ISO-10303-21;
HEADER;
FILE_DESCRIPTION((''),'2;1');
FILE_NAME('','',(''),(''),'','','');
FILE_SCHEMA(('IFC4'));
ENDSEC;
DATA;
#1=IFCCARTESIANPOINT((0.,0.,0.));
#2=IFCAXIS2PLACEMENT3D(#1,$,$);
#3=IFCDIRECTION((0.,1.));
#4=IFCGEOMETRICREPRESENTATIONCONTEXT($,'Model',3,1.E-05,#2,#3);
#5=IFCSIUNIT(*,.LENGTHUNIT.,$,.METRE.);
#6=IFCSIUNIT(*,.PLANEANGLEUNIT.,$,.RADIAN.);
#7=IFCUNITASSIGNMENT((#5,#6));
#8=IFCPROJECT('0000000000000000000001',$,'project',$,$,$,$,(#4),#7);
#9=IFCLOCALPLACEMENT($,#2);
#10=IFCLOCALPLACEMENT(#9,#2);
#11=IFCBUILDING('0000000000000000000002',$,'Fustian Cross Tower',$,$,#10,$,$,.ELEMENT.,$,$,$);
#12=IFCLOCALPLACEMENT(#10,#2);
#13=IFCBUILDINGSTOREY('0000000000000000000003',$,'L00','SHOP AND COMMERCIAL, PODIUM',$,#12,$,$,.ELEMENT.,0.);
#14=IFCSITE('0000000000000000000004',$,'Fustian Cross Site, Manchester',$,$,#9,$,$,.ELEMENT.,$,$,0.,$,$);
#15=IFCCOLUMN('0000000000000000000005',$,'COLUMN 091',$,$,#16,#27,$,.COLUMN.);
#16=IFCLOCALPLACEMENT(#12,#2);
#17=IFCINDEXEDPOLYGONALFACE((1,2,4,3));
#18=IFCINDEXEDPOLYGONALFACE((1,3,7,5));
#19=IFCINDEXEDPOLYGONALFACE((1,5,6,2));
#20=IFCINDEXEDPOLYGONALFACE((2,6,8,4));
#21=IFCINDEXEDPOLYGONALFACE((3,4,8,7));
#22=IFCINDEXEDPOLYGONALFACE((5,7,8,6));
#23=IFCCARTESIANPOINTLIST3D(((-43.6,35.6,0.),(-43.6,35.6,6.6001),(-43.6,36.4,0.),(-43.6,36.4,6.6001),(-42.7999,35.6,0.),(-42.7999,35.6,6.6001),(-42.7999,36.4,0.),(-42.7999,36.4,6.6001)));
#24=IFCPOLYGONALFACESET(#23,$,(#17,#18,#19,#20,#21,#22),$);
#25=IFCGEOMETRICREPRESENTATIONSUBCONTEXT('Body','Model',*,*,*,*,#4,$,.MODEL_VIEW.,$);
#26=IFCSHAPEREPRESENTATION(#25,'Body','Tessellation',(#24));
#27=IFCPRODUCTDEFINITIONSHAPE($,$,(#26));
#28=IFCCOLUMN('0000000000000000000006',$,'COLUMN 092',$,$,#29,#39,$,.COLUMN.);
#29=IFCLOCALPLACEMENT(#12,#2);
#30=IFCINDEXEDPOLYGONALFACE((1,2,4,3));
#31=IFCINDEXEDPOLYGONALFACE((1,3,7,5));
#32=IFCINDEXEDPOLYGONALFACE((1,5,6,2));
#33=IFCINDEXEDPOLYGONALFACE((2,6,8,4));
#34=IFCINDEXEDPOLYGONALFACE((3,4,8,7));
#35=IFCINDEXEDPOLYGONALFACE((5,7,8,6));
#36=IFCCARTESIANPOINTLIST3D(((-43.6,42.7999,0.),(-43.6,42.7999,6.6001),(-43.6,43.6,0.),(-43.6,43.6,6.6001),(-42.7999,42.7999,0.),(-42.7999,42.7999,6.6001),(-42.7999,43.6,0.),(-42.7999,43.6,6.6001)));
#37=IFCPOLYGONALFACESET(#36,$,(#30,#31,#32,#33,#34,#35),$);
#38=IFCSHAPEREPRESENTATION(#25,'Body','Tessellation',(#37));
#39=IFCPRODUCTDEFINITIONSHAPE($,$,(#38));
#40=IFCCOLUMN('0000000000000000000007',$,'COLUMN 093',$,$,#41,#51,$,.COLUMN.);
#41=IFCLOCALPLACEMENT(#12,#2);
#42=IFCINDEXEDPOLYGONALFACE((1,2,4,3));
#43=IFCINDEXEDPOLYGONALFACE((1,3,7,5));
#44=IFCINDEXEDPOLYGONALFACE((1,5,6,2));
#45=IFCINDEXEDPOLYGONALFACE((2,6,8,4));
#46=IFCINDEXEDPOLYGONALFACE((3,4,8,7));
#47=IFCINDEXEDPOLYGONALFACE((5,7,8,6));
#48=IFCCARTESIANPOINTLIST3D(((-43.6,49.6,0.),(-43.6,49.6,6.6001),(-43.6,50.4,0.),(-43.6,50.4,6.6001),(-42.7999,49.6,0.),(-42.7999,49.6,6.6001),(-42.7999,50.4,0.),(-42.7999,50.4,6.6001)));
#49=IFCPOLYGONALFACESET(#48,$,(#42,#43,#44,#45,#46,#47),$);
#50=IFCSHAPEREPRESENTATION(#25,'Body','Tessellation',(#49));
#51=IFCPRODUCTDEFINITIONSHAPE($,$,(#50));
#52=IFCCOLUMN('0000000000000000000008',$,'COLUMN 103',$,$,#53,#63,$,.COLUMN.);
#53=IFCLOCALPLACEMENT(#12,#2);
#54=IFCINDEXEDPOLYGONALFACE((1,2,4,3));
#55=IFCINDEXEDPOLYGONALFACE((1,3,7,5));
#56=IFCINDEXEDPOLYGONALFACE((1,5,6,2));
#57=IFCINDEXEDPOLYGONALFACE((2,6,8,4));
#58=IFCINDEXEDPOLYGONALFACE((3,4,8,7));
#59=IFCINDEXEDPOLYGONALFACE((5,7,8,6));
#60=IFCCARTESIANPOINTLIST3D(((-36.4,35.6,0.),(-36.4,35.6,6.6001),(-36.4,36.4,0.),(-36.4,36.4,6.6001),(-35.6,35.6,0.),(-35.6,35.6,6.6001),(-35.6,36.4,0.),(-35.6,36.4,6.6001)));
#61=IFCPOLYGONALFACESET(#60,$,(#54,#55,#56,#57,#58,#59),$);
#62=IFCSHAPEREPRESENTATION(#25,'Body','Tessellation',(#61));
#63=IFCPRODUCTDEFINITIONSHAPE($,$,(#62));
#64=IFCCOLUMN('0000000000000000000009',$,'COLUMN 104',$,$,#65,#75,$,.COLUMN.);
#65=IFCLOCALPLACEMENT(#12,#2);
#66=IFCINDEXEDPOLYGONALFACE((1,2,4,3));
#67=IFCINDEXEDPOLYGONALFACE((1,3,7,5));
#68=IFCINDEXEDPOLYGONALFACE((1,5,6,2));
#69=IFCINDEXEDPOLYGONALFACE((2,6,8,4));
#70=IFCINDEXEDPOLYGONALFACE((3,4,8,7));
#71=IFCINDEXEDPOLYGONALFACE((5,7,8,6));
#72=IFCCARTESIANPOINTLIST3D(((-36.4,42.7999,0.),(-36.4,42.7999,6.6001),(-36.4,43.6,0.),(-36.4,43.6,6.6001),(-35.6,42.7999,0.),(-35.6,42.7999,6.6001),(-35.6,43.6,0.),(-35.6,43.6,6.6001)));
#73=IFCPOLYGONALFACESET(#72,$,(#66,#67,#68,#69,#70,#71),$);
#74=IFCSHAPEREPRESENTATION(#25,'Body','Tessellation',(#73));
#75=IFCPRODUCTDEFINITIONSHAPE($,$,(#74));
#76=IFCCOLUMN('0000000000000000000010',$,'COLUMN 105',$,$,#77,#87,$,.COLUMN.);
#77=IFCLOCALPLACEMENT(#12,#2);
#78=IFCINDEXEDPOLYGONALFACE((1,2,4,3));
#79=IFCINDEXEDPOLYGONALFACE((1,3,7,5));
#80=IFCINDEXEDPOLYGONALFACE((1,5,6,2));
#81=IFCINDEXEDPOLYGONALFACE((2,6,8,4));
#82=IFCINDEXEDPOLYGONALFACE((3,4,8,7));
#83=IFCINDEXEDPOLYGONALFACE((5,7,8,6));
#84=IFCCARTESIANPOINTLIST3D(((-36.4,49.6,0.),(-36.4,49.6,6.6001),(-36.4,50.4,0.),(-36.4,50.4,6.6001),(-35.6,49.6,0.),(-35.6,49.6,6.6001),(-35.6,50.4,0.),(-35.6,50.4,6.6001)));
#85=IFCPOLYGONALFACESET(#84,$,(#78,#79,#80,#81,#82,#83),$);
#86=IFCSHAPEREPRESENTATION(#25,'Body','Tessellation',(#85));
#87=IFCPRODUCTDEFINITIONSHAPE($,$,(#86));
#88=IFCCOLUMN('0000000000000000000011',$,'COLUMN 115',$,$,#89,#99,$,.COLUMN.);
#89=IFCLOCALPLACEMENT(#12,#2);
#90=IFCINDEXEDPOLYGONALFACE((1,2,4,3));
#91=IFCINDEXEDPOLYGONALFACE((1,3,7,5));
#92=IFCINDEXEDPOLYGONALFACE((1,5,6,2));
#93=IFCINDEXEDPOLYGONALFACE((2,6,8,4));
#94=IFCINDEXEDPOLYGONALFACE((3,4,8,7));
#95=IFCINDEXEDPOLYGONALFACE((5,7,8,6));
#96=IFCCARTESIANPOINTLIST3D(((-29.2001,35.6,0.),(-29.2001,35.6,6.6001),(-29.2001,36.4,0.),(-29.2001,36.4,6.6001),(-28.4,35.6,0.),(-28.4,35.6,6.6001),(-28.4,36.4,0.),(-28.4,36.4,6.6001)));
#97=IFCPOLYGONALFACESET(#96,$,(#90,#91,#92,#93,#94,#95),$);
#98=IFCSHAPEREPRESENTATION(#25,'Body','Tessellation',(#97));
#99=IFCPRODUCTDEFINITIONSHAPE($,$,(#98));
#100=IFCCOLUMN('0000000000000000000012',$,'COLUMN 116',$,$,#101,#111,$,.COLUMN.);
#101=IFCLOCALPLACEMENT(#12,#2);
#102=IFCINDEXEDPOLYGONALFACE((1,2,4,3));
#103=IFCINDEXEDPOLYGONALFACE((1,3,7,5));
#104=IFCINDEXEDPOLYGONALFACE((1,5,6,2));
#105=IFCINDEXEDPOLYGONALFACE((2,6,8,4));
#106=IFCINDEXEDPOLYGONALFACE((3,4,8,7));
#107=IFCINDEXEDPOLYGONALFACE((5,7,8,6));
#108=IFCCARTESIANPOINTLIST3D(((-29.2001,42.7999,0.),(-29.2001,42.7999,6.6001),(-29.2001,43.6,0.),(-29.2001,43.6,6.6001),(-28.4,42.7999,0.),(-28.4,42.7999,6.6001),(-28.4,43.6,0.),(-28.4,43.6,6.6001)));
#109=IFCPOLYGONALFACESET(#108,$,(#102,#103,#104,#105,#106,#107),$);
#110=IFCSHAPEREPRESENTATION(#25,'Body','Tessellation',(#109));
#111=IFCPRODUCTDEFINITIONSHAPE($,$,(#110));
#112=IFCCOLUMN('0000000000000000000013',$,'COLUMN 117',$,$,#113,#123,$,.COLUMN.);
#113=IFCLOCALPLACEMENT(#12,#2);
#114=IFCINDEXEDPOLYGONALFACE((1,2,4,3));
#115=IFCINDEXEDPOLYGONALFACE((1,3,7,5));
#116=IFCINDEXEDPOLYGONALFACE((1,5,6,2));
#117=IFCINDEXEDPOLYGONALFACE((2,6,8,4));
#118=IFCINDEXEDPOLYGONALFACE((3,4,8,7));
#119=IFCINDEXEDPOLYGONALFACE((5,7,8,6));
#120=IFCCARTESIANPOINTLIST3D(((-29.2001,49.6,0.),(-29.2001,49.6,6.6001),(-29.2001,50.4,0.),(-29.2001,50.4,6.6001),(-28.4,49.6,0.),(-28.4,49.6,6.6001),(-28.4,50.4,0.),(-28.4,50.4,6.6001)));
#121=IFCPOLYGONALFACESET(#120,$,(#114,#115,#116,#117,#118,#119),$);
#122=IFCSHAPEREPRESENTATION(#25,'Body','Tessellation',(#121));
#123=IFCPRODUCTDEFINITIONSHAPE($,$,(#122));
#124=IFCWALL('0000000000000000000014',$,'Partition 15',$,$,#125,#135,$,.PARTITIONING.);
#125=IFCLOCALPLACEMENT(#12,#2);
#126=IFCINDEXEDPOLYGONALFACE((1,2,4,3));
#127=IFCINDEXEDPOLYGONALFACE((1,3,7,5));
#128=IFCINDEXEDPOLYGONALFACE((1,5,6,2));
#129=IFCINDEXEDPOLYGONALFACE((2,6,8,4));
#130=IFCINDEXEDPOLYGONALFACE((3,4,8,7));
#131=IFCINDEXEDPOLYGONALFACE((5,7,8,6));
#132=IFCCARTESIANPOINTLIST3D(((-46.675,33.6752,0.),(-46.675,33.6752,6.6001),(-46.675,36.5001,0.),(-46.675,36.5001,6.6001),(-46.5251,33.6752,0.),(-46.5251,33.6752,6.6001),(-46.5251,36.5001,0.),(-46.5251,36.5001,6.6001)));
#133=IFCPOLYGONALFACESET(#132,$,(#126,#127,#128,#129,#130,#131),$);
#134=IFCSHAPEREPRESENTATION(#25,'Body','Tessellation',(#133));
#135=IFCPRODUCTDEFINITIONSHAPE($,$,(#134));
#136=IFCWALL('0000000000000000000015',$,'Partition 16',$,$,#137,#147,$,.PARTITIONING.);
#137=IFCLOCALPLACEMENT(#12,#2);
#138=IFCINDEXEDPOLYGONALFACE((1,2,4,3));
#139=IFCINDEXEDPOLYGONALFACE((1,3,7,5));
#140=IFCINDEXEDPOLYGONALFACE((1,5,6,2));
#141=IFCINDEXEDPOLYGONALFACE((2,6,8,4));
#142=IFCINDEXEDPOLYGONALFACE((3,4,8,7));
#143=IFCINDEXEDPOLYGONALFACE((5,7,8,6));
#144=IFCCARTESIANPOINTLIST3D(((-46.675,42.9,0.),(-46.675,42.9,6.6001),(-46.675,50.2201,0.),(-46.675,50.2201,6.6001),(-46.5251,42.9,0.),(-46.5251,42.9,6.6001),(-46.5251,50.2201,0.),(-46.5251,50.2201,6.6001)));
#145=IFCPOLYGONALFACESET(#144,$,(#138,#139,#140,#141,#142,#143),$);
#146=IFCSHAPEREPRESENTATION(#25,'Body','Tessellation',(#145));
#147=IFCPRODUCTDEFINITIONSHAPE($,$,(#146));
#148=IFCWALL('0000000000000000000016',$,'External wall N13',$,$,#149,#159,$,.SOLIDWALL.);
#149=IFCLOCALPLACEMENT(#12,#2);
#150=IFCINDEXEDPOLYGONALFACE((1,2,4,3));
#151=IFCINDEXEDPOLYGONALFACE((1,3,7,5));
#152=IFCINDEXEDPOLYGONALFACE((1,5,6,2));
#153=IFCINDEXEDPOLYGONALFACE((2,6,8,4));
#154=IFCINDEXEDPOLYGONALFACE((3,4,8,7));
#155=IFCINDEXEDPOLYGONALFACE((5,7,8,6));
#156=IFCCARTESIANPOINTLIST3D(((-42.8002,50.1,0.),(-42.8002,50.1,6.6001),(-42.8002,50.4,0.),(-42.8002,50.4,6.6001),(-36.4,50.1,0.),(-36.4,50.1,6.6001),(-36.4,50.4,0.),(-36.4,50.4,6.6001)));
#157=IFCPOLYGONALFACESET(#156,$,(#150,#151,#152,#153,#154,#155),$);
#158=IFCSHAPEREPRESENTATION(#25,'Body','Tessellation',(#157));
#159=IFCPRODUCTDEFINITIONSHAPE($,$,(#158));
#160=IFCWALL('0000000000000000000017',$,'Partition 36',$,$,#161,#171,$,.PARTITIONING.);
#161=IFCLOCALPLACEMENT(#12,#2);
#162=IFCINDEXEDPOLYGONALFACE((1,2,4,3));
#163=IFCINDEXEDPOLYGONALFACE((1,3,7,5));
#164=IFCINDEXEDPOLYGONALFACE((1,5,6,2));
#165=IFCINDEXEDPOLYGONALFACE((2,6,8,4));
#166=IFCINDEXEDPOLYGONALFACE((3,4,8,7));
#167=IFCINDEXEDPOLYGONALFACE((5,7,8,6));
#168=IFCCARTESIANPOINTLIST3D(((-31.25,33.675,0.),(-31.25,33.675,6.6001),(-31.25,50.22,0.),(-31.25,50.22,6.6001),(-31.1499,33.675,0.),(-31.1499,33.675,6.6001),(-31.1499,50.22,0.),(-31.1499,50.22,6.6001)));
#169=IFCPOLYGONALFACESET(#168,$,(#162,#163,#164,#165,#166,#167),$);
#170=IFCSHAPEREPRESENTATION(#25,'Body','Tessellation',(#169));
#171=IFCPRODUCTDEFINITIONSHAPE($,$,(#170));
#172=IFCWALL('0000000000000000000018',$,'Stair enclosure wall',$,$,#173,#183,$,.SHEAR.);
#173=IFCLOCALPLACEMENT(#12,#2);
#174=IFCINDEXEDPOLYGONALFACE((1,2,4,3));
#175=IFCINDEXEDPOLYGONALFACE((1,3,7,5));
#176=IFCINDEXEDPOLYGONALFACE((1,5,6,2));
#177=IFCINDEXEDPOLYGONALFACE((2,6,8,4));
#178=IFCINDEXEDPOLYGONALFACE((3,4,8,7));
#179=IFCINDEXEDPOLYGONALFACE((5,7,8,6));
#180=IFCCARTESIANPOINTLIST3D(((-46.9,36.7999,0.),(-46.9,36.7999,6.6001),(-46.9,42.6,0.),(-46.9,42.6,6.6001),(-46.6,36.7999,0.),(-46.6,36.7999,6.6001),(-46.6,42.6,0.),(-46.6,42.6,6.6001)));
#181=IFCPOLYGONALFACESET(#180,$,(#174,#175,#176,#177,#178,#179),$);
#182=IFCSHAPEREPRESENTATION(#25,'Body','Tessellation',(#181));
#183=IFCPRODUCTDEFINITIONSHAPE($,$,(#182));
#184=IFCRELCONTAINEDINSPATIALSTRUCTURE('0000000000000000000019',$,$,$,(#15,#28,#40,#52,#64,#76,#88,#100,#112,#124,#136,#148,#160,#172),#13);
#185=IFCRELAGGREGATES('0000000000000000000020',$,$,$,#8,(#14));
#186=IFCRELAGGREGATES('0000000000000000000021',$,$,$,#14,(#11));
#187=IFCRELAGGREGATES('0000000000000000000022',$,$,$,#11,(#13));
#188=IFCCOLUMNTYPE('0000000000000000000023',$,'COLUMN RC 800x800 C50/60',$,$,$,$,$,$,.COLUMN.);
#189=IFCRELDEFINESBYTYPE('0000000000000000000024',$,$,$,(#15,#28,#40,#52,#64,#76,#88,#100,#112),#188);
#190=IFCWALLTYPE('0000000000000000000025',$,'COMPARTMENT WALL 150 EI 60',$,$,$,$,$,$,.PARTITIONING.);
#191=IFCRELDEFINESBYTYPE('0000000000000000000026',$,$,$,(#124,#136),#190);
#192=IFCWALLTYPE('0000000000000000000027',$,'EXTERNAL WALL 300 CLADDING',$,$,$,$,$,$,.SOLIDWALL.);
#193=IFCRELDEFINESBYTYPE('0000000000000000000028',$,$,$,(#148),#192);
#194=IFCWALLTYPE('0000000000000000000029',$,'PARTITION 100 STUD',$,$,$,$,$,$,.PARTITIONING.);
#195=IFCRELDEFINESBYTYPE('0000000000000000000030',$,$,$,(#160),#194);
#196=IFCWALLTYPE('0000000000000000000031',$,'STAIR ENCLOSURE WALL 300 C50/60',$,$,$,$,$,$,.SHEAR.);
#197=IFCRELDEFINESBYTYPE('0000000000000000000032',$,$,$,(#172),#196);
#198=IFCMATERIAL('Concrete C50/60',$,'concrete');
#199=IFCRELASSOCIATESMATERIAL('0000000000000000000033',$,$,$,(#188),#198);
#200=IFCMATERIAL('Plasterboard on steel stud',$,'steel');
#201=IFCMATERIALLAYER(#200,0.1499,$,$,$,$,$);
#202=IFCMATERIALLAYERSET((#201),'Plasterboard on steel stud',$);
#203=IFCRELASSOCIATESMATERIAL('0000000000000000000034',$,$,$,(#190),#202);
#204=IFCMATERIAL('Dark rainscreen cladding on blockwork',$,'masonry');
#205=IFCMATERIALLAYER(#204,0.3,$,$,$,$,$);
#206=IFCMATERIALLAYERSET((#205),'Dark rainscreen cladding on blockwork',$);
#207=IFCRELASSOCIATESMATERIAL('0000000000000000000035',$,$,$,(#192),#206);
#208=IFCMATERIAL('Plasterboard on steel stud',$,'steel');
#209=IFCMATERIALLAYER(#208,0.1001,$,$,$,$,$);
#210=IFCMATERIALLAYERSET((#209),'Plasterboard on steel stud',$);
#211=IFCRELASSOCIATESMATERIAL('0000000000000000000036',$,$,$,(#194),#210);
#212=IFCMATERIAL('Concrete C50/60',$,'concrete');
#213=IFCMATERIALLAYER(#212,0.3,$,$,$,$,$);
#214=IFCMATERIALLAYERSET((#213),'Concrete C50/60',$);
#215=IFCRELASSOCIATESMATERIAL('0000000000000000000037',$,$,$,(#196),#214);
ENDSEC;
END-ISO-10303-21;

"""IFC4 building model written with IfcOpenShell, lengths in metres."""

from ifc_helpers import new_model, si_unit, direction, frame, frame_2d, origin, origin_2d, place, context, subcontext, project, spatial, rectangle, extrude, material, layer, layer_set, material_profile, profile_set, type_object, element, save


model = new_model("IFC4")

# Units and contexts
model_context = context("Model", 3, precision=1e-05, world=origin(), true_north=direction((0.0, 1.0)))
body_context = subcontext(model_context, "Body", "Model", "MODEL_VIEW")
ifc_project = project(units=[si_unit("LENGTHUNIT", "METRE"), si_unit("PLANEANGLEUNIT", "RADIAN")], contexts=[model_context])

# Site, building, storey
site_placement = place(None, origin())
site = spatial("IfcSite", under=ifc_project, at=site_placement, Name="Fustian Cross Site, Manchester", CompositionType="ELEMENT", RefElevation=0.0)
building_placement = place(site_placement, origin())
building = spatial("IfcBuilding", under=site, at=building_placement, Name="Fustian Cross Tower", CompositionType="ELEMENT")
storey_placement = place(building_placement, origin())
storey = spatial("IfcBuildingStorey", under=building, at=storey_placement, Name="L00", Description="SHOP AND COMMERCIAL, PODIUM", CompositionType="ELEMENT", Elevation=0.0)

# Columns
ifc_material_1 = material(Name="Concrete C50/60", Category="concrete")
ifc_material_profile = material_profile(ifc_material_1, rectangle(XDim=0.8, YDim=0.8, at=origin_2d()), Name="RC 800x800")
ifc_profile_set = profile_set([ifc_material_profile], Name="Concrete C50/60")
column_type = type_object("IfcColumnType", Name="COLUMN RC 800x800 C50/60", PredefinedType="COLUMN", material=ifc_profile_set)
for number, where, z_axis, x_axis, name in (
    (1, (-43.2, 36.0, 0.0), (0.0, 0.0, 1.0), (1.0, 0.0, 0.0), "COLUMN 091"),
    (2, (-43.2, 43.2, 0.0), (0.0, 0.0, 1.0), (1.0, 0.0, 0.0), "COLUMN 092"),
    (3, (-43.2, 50.0, 0.0), (0.0, 0.0, 1.0), (1.0, 0.0, 0.0), "COLUMN 093"),
    (4, (-36.0, 36.0, 0.0), (0.0, 0.0, 1.0), (1.0, 0.0, 0.0), "COLUMN 103"),
    (5, (-36.0, 43.2, 0.0), (0.0, 0.0, 1.0), (1.0, 0.0, 0.0), "COLUMN 104"),
    (6, (-36.0, 50.0, 0.0), (0.0, 0.0, 1.0), (1.0, 0.0, 0.0), "COLUMN 105"),
    (7, (-28.8, 36.0, 0.0), (0.0, 0.0, 1.0), (1.0, 0.0, 0.0), "COLUMN 115"),
    (8, (-28.8, 43.2, 0.0), (0.0, 0.0, 1.0), (1.0, 0.0, 0.0), "COLUMN 116"),
    (9, (-28.8, 50.0, 0.0), (0.0, 0.0, 1.0), (1.0, 0.0, 0.0), "COLUMN 117"),
):
    element("IfcColumn", number, at=place(storey_placement, frame(where, z_axis=z_axis, x_axis=x_axis)), inside=storey, type_object=column_type, Name=name, PredefinedType="COLUMN", context=body_context, shape_type="SweptSolid", body=[
        extrude(rectangle(XDim=0.8, YDim=0.8, at=origin_2d()), origin(), (0.0, 0.0, 1.0), 6.6001),
    ])

# Walls
ifc_material_2 = material(Name="Plasterboard on steel stud", Category="steel")
ifc_layer_1 = layer(ifc_material_2, 0.1499)
ifc_layer_set_1 = layer_set([ifc_layer_1], Name="Plasterboard on steel stud")
wall_type_1 = type_object("IfcWallType", Name="COMPARTMENT WALL 150 EI 60", PredefinedType="PARTITIONING", material=ifc_layer_set_1)
wall_1_placement = place(storey_placement, frame((-46.6001, 33.675, 0.0), z_axis=(0.0, 0.0, 1.0), x_axis=(0.0, 1.0, 0.0)))
element("IfcWall", 10, at=wall_1_placement, inside=storey, type_object=wall_type_1, Name="Partition 15", PredefinedType="PARTITIONING", context=body_context, shape_type="SweptSolid", body=[
    extrude(rectangle(XDim=2.825, YDim=0.1499, at=frame_2d((1.4126, 0.0))), origin(), (0.0, 0.0, 1.0), 6.6001),
])
wall_2_placement = place(storey_placement, frame((-46.6001, 42.8999, 0.0), z_axis=(0.0, 0.0, 1.0), x_axis=(0.0, 1.0, 0.0)))
element("IfcWall", 11, at=wall_2_placement, inside=storey, type_object=wall_type_1, Name="Partition 16", PredefinedType="PARTITIONING", context=body_context, shape_type="SweptSolid", body=[
    extrude(rectangle(XDim=7.3201, YDim=0.1499, at=frame_2d((3.6602, 0.0))), origin(), (0.0, 0.0, 1.0), 6.6001),
])

# Shared definitions
ifc_material_3 = material(Name="Dark rainscreen cladding on blockwork", Category="masonry")
ifc_layer_2 = layer(ifc_material_3, 0.3)
ifc_layer_set_2 = layer_set([ifc_layer_2], Name="Dark rainscreen cladding on blockwork")
wall_type_2 = type_object("IfcWallType", Name="EXTERNAL WALL 300 CLADDING", PredefinedType="SOLIDWALL", material=ifc_layer_set_2)

# Wall
wall_3_placement = place(storey_placement, frame((-36.3999, 50.25, 0.0), z_axis=(0.0, 0.0, 1.0), x_axis=(-1.0, 0.0, 0.0)))
element("IfcWall", 12, at=wall_3_placement, inside=storey, type_object=wall_type_2, Name="External wall N13", PredefinedType="SOLIDWALL", context=body_context, shape_type="SweptSolid", body=[
    extrude(rectangle(XDim=6.4001, YDim=0.3, at=frame_2d((3.2002, 0.0))), origin(), (0.0, 0.0, 1.0), 6.6001),
])

# Walls
ifc_material_4 = material(Name="Plasterboard on steel stud", Category="steel")
ifc_layer_3 = layer(ifc_material_4, 0.1001)
ifc_layer_set_3 = layer_set([ifc_layer_3], Name="Plasterboard on steel stud")
wall_type_3 = type_object("IfcWallType", Name="PARTITION 100 STUD", PredefinedType="PARTITIONING", material=ifc_layer_set_3)
wall_4_placement = place(storey_placement, frame((-31.2, 33.675, 0.0), z_axis=(0.0, 0.0, 1.0), x_axis=(0.0, 1.0, 0.0)))
element("IfcWall", 13, at=wall_4_placement, inside=storey, type_object=wall_type_3, Name="Partition 36", PredefinedType="PARTITIONING", context=body_context, shape_type="SweptSolid", body=[
    extrude(rectangle(XDim=16.5449, YDim=0.1001, at=frame_2d((8.2725, 0.0))), origin(), (0.0, 0.0, 1.0), 6.6001),
])
ifc_material_5 = material(Name="Concrete C50/60", Category="concrete")
ifc_layer_4 = layer(ifc_material_5, 0.3)
ifc_layer_set_4 = layer_set([ifc_layer_4], Name="Concrete C50/60")
wall_type_4 = type_object("IfcWallType", Name="STAIR ENCLOSURE WALL 300 C50/60", PredefinedType="SHEAR", material=ifc_layer_set_4)
wall_5_placement = place(storey_placement, frame((-46.75, 36.8, 0.0), z_axis=(0.0, 0.0, 1.0), x_axis=(0.0, 1.0, 0.0)))
element("IfcWall", 14, at=wall_5_placement, inside=storey, type_object=wall_type_4, Name="Stair enclosure wall", PredefinedType="SHEAR", context=body_context, shape_type="SweptSolid", body=[
    extrude(rectangle(XDim=5.8, YDim=0.3, at=frame_2d((2.8999, 0.0))), origin(), (0.0, 0.0, 1.0), 6.6001),
])

save(model, "model.ifc")
